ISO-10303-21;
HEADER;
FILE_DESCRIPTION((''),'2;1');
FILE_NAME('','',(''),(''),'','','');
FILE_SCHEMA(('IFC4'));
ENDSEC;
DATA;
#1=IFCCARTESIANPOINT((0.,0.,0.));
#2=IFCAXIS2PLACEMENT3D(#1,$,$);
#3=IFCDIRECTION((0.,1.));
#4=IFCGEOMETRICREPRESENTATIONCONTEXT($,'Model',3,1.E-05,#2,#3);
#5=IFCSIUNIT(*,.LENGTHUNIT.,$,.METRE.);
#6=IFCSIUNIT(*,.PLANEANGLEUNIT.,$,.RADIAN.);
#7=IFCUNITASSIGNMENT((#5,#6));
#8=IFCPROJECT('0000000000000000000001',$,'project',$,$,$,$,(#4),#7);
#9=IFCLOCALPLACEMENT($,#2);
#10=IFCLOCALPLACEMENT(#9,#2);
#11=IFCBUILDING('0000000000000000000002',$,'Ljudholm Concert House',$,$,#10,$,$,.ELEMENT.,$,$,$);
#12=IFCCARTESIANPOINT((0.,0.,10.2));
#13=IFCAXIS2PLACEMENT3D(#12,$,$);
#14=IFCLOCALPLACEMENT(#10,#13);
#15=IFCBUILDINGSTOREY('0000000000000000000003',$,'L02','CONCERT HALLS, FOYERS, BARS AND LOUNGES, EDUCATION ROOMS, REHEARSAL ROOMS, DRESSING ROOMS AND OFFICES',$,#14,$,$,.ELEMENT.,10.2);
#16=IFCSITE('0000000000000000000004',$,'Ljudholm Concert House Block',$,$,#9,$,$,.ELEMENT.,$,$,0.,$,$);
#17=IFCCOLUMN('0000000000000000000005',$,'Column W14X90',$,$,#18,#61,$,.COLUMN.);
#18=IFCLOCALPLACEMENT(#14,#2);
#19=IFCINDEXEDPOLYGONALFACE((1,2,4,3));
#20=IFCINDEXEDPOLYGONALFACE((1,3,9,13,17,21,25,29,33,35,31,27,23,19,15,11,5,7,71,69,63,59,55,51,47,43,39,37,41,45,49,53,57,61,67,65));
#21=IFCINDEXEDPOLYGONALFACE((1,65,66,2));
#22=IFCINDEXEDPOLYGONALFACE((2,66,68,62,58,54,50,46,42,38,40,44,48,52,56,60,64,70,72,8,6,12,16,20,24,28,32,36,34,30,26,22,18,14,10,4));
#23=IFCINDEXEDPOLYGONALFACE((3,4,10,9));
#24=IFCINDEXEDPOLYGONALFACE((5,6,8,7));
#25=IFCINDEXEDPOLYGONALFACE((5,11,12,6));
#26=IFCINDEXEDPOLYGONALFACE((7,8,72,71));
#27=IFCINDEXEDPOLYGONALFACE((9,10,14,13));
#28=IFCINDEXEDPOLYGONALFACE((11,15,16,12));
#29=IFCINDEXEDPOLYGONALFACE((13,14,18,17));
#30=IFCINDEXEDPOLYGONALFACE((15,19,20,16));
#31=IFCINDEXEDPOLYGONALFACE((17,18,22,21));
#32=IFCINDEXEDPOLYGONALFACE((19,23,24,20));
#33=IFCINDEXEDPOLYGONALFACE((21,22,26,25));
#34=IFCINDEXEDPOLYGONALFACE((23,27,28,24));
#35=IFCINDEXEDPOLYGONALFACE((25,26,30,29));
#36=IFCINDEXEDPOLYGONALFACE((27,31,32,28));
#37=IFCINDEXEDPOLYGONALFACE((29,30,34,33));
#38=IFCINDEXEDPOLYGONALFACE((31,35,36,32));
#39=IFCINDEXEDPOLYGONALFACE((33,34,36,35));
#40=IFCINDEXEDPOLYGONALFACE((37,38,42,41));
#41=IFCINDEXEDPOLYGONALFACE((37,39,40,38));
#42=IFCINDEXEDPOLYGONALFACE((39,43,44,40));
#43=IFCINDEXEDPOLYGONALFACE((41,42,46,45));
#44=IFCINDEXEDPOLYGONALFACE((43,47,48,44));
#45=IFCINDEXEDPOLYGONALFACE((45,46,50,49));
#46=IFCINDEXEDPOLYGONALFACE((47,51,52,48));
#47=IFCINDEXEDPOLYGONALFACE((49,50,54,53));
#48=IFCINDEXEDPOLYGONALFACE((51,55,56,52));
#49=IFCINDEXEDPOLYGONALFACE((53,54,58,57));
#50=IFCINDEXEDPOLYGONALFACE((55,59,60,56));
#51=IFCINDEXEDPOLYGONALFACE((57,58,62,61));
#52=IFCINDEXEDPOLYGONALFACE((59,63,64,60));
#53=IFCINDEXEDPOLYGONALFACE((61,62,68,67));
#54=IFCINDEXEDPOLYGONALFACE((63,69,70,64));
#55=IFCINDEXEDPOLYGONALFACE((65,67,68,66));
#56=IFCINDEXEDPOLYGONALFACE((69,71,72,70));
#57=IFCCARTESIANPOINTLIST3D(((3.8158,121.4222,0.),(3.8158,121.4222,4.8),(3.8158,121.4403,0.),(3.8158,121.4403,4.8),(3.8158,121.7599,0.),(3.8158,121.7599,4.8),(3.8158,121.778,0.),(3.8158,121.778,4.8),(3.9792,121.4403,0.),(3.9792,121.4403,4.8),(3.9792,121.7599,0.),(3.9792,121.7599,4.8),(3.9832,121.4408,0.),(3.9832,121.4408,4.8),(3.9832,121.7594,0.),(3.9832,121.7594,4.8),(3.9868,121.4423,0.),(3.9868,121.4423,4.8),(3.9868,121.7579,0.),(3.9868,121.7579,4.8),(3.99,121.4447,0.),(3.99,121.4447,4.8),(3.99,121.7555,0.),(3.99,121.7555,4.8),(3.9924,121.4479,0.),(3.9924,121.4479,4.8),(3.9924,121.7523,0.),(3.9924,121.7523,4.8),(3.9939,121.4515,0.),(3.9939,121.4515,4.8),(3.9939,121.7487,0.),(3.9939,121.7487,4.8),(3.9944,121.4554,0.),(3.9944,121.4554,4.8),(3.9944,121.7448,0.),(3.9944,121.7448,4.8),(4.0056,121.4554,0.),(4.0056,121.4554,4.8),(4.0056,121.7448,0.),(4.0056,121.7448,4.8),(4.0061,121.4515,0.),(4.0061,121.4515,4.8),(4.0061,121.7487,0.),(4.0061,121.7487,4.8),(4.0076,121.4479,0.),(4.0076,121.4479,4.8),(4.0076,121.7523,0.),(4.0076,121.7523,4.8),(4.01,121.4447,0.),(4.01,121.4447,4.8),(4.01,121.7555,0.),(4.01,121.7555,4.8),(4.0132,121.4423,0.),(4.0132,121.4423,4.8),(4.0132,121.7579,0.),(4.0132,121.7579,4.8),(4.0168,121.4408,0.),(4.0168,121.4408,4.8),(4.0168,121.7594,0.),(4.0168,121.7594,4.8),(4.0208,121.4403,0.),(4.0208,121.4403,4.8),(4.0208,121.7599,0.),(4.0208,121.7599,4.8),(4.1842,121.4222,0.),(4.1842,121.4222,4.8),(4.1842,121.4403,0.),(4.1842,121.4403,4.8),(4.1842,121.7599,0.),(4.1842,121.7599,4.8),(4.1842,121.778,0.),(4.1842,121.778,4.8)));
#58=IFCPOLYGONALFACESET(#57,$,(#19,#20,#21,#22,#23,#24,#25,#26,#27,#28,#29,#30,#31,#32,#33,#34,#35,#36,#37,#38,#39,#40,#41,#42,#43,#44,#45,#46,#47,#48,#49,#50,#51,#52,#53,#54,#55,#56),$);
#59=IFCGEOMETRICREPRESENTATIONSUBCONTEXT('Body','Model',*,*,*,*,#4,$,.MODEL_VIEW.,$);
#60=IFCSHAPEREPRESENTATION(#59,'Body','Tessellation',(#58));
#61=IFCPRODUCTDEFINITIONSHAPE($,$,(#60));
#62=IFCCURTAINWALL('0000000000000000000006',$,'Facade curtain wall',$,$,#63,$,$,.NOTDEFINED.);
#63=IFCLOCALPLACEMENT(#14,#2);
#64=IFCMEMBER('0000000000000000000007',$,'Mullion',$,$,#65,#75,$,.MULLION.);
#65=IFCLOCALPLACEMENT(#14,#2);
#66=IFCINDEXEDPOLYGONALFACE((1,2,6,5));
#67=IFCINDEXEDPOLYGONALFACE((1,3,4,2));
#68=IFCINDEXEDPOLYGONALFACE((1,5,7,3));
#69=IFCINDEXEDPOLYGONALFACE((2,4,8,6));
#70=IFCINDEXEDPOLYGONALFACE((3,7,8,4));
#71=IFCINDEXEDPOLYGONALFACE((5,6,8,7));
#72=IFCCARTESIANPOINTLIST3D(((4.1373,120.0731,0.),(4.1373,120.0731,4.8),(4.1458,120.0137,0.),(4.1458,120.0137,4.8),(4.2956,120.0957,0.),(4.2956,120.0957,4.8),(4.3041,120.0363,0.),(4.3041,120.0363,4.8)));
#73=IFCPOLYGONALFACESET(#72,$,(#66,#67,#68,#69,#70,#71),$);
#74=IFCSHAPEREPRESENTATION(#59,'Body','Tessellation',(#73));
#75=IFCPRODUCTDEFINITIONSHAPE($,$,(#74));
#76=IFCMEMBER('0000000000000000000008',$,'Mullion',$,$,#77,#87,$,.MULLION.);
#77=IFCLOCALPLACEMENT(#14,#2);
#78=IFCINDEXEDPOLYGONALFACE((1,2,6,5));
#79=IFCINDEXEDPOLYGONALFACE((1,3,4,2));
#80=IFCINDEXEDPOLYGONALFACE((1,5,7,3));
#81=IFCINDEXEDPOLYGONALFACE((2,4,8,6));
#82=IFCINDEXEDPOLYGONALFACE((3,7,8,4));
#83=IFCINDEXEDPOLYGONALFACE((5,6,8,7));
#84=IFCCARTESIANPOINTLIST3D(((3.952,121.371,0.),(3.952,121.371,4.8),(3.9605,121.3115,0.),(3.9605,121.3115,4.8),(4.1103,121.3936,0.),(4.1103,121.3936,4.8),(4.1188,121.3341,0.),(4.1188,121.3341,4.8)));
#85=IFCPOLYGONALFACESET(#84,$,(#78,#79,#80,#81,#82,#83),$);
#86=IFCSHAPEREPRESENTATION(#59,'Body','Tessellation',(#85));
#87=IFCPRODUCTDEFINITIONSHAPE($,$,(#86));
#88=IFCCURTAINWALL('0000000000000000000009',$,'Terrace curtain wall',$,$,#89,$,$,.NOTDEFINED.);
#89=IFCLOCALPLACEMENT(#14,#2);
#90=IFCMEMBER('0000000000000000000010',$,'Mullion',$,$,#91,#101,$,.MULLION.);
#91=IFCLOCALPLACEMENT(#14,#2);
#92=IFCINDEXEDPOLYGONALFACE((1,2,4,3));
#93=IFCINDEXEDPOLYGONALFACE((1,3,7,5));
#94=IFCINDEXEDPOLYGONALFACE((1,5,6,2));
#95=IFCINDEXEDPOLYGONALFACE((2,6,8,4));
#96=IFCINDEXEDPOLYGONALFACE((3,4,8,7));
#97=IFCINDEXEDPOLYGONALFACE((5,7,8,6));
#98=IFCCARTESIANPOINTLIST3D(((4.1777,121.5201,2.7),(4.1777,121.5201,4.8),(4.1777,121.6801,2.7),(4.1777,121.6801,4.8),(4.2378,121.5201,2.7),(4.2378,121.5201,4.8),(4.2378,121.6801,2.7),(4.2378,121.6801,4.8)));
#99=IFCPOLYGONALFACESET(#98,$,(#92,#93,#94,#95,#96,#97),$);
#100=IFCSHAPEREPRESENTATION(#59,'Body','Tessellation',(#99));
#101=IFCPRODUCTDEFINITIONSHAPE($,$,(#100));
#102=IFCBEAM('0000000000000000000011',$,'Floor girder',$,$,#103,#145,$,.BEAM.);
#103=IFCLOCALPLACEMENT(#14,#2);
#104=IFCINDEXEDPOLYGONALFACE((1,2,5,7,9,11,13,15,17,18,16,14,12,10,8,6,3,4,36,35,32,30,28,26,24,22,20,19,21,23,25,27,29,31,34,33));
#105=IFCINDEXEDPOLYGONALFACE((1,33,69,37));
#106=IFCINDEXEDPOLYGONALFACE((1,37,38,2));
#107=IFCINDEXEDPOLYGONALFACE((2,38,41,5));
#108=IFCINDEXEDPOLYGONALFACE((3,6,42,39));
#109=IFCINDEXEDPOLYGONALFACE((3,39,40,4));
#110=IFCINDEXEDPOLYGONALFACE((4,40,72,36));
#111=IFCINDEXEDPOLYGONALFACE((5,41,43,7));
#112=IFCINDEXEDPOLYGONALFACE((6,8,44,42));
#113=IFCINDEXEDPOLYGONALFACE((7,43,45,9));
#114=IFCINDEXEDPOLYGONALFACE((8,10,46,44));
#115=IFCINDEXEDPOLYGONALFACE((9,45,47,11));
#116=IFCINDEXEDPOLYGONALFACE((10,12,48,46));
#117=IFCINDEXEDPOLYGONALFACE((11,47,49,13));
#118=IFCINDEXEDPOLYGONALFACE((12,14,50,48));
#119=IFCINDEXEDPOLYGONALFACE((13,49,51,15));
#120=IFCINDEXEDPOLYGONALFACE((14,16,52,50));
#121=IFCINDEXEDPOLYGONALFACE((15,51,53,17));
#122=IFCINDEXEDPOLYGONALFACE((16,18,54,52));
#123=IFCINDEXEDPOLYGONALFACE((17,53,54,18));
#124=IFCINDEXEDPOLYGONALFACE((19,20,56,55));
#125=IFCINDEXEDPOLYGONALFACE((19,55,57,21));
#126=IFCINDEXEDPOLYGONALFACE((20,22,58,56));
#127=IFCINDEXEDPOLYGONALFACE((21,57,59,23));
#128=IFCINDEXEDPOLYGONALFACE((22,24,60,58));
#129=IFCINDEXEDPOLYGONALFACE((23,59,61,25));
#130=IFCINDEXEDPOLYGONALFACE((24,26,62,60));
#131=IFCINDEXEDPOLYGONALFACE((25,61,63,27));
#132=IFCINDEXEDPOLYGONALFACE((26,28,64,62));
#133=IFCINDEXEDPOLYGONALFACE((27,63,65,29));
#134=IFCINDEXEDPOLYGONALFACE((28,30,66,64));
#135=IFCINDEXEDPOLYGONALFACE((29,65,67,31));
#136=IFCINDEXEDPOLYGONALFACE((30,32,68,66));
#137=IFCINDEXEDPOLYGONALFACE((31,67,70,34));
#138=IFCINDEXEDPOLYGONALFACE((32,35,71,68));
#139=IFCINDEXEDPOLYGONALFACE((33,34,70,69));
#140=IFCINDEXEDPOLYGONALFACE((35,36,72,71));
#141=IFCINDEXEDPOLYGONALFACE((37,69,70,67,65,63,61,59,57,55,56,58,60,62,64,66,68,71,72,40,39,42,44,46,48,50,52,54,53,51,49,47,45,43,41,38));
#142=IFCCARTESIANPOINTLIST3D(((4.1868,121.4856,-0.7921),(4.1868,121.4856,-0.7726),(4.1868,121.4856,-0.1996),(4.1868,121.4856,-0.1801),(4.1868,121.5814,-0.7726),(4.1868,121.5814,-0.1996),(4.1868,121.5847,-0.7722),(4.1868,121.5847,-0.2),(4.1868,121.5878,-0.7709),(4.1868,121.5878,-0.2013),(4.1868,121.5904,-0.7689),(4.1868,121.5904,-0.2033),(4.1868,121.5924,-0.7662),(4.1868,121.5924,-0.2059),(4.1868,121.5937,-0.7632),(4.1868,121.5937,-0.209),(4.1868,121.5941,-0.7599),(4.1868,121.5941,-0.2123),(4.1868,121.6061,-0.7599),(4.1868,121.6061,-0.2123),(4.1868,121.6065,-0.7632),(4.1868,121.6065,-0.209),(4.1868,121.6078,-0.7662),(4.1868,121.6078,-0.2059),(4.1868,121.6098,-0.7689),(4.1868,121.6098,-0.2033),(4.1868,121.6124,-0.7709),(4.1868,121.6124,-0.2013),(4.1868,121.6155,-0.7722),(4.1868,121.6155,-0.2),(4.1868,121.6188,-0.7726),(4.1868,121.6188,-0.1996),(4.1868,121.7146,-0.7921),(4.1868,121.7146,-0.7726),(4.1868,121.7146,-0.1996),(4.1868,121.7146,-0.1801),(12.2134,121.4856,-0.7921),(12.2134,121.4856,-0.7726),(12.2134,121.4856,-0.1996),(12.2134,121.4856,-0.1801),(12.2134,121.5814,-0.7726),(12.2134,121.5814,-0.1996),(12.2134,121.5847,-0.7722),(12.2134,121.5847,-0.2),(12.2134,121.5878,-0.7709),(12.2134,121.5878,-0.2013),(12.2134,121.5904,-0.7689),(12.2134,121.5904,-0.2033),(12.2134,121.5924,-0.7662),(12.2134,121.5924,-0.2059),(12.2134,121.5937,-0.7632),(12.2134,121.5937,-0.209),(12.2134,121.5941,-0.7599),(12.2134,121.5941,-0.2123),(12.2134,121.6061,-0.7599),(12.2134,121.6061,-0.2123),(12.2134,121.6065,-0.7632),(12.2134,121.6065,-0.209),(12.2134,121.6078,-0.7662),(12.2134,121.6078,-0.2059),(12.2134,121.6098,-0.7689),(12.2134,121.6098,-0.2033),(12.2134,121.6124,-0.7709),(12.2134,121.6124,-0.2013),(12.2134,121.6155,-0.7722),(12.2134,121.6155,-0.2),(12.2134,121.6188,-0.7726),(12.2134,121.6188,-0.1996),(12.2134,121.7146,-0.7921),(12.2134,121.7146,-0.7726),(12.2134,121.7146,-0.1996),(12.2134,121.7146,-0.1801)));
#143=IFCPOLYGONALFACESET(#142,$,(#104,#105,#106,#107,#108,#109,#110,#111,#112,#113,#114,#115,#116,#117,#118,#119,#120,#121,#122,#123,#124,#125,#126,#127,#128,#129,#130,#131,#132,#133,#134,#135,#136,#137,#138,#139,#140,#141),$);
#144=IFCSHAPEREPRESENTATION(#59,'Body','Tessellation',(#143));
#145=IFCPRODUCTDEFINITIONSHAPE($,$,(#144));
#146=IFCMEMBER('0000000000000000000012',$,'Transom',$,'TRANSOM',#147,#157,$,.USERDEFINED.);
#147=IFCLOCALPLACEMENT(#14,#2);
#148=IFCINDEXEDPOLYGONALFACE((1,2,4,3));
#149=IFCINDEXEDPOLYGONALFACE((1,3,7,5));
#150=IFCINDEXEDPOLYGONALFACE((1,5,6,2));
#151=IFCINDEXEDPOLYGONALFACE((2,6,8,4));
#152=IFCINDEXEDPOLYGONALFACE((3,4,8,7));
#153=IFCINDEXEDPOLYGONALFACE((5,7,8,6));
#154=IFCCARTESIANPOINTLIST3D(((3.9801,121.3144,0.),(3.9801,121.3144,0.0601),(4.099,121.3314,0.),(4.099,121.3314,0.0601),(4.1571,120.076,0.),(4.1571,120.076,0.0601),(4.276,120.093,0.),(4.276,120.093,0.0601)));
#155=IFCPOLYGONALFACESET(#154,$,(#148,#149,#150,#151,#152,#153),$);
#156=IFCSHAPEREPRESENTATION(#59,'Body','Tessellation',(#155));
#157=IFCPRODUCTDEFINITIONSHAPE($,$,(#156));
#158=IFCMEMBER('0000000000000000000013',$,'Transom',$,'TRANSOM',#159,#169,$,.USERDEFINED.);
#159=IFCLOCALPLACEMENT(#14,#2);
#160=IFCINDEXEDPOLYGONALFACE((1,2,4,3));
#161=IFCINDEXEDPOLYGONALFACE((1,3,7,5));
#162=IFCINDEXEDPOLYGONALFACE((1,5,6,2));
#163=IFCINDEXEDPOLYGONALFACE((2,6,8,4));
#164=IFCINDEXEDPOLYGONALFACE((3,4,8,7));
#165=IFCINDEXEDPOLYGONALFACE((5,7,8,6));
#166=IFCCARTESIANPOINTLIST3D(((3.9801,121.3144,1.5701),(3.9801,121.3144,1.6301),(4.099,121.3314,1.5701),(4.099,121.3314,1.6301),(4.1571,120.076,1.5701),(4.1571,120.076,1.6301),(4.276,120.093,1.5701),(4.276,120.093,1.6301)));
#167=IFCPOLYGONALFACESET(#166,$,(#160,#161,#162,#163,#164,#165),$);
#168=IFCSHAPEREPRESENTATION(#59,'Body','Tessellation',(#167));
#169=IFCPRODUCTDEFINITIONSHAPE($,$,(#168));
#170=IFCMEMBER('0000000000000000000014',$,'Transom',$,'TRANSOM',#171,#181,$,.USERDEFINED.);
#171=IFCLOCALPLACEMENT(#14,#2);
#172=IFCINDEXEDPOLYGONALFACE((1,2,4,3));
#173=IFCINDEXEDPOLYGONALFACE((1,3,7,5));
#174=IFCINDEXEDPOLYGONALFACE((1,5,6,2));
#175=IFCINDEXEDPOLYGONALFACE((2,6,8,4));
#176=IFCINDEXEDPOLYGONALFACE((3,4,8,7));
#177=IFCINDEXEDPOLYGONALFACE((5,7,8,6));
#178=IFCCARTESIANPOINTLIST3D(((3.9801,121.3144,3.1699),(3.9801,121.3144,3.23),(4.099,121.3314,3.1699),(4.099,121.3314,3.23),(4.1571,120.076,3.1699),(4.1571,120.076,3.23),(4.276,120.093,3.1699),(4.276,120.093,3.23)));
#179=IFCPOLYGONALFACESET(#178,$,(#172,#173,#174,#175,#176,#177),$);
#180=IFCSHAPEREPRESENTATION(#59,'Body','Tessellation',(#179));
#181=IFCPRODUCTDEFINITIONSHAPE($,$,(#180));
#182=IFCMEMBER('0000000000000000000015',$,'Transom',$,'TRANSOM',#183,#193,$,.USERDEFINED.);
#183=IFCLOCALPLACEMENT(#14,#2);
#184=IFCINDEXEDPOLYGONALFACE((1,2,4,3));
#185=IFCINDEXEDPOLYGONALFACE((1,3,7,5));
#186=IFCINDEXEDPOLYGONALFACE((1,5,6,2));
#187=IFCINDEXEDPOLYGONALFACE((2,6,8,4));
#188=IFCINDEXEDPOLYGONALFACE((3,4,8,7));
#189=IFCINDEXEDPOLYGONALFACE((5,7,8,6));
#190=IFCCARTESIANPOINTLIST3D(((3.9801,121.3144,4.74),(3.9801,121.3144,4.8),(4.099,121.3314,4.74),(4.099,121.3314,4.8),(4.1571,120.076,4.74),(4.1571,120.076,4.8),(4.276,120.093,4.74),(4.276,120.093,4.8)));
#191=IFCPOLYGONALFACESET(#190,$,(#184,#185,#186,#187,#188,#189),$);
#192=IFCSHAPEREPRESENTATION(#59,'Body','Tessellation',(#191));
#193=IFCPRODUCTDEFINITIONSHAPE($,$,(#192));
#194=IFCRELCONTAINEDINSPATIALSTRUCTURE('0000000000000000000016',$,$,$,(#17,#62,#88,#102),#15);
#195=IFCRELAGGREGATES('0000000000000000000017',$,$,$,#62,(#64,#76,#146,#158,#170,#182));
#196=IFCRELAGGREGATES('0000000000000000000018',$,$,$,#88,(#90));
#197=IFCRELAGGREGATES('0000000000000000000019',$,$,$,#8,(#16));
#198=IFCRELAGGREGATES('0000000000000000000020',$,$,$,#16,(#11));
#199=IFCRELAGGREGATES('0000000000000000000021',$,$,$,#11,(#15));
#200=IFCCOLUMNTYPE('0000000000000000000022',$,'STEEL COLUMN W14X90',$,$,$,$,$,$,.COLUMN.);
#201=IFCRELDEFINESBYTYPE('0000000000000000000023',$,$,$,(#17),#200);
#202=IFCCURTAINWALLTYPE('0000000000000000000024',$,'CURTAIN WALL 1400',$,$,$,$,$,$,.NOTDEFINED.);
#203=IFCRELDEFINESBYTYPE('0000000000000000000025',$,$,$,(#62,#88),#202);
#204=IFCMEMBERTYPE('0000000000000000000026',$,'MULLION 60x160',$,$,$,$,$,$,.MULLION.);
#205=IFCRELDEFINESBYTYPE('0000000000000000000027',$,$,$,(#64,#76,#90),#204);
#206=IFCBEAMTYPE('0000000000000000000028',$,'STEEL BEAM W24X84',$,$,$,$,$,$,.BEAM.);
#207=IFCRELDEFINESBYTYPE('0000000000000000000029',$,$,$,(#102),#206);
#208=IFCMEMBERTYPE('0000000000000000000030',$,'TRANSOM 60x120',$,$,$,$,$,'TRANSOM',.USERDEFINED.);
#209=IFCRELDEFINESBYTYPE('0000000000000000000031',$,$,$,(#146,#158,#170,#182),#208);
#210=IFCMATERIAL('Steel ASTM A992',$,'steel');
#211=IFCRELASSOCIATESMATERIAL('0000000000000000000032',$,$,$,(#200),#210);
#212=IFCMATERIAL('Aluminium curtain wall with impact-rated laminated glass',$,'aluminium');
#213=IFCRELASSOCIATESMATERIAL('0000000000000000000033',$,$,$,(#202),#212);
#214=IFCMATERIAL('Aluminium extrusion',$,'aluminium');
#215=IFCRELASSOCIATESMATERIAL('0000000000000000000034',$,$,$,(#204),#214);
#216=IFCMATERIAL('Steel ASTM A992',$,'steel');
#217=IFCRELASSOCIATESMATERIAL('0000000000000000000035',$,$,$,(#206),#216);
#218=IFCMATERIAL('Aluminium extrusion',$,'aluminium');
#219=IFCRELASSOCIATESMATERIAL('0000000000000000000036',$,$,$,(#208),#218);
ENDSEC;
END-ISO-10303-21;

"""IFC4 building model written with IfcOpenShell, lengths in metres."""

from ifc_helpers import new_model, si_unit, direction, frame, origin, origin_2d, place, context, subcontext, project, spatial, rectangle, i_section, extrude, material, material_profile, profile_set, type_object, element, aggregate, save


model = new_model("IFC4")

# Units and contexts
model_context = context("Model", 3, precision=1e-05, world=origin(), true_north=direction((0.0, 1.0)))
body_context = subcontext(model_context, "Body", "Model", "MODEL_VIEW")
ifc_project = project(units=[si_unit("LENGTHUNIT", "METRE"), si_unit("PLANEANGLEUNIT", "RADIAN")], contexts=[model_context])

# Site, building, storey
site_placement = place(None, origin())
site = spatial("IfcSite", under=ifc_project, at=site_placement, Name="Ljudholm Concert House Block", CompositionType="ELEMENT", RefElevation=0.0)
building_placement = place(site_placement, origin())
building = spatial("IfcBuilding", under=site, at=building_placement, Name="Ljudholm Concert House", CompositionType="ELEMENT")
storey_placement = place(building_placement, frame((0.0, 0.0, 10.2)))
storey = spatial("IfcBuildingStorey", under=building, at=storey_placement, Name="L02", Description="CONCERT HALLS, FOYERS, BARS AND LOUNGES, EDUCATION ROOMS, REHEARSAL ROOMS, DRESSING ROOMS AND OFFICES", CompositionType="ELEMENT", Elevation=10.2)

# Column
ifc_material_1 = material(Name="Steel ASTM A992", Category="steel")
ifc_material_profile_1 = material_profile(ifc_material_1, i_section(OverallWidth=0.3684, OverallDepth=0.3557, WebThickness=0.0112, FlangeThickness=0.0181, FilletRadius=0.0151, at=origin_2d()), Name="W14X90")
ifc_profile_set_1 = profile_set([ifc_material_profile_1], Name="Steel ASTM A992")
column_type = type_object("IfcColumnType", Name="STEEL COLUMN W14X90", PredefinedType="COLUMN", material=ifc_profile_set_1)
column_placement = place(storey_placement, frame((4.0, 121.6001, 0.0), z_axis=(0.0, 0.0, 1.0), x_axis=(1.0, 0.0, 0.0)))
element("IfcColumn", 1, at=column_placement, inside=storey, type_object=column_type, Name="Column W14X90", PredefinedType="COLUMN", context=body_context, shape_type="SweptSolid", body=[
    extrude(i_section(OverallWidth=0.3684, OverallDepth=0.3557, WebThickness=0.0112, FlangeThickness=0.0181, FilletRadius=0.0151, at=origin_2d()), origin(), (0.0, 0.0, 1.0), 4.8),
])

# Curtain wall, members
ifc_material_2 = material(Name="Aluminium curtain wall with impact-rated laminated glass", Category="aluminium")
curtain_wall_type = type_object("IfcCurtainWallType", Name="CURTAIN WALL 1400", PredefinedType="NOTDEFINED", material=ifc_material_2)
curtain_wall_1_placement = place(storey_placement, origin())
curtain_wall_1 = element("IfcCurtainWall", 2, at=curtain_wall_1_placement, inside=storey, type_object=curtain_wall_type, Name="Facade curtain wall", PredefinedType="NOTDEFINED")
ifc_material_3 = material(Name="Aluminium extrusion", Category="aluminium")
ifc_material_profile_2 = material_profile(ifc_material_3, rectangle(XDim=0.1599, YDim=0.0601, at=origin_2d()), Name="MULLION 60x160")
ifc_profile_set_2 = profile_set([ifc_material_profile_2], Name="Aluminium extrusion")
member_type_1 = type_object("IfcMemberType", Name="MULLION 60x160", PredefinedType="MULLION", material=ifc_profile_set_2)
member_1_placement = place(storey_placement, frame((4.2207, 120.0547, 0.0), z_axis=(0.0, 0.0, 1.0), x_axis=(-0.989949, -0.141421, 0.0)))
member_1 = element("IfcMember", 3, at=member_1_placement, type_object=member_type_1, Name="Mullion", PredefinedType="MULLION", context=body_context, shape_type="SweptSolid", body=[
    extrude(rectangle(XDim=0.1599, YDim=0.0601, at=origin_2d()), origin(), (0.0, 0.0, 1.0), 4.8),
])
member_2_placement = place(storey_placement, frame((4.0354, 121.3525, 0.0), z_axis=(0.0, 0.0, 1.0), x_axis=(-0.989949, -0.141421, 0.0)))
member_2 = element("IfcMember", 4, at=member_2_placement, type_object=member_type_1, Name="Mullion", PredefinedType="MULLION", context=body_context, shape_type="SweptSolid", body=[
    extrude(rectangle(XDim=0.1599, YDim=0.0601, at=origin_2d()), origin(), (0.0, 0.0, 1.0), 4.8),
])

# Curtain wall, member
curtain_wall_2_placement = place(storey_placement, origin())
curtain_wall_2 = element("IfcCurtainWall", 5, at=curtain_wall_2_placement, inside=storey, type_object=curtain_wall_type, Name="Terrace curtain wall", PredefinedType="NOTDEFINED")
member_3_placement = place(storey_placement, frame((4.2078, 121.6001, 2.7), z_axis=(0.0, 0.0, 1.0), x_axis=(0.0, 1.0, 0.0)))
member_3 = element("IfcMember", 6, at=member_3_placement, type_object=member_type_1, Name="Mullion", PredefinedType="MULLION", context=body_context, shape_type="SweptSolid", body=[
    extrude(rectangle(XDim=0.1599, YDim=0.0601, at=origin_2d()), origin(), (0.0, 0.0, 1.0), 2.1001),
])

# Beam
ifc_material_4 = material(Name="Steel ASTM A992", Category="steel")
ifc_material_profile_3 = material_profile(ifc_material_4, i_section(OverallWidth=0.229, OverallDepth=0.6121, WebThickness=0.012, FlangeThickness=0.0195, FilletRadius=0.0127, at=origin_2d()), Name="W24X84")
ifc_profile_set_3 = profile_set([ifc_material_profile_3], Name="Steel ASTM A992")
beam_type = type_object("IfcBeamType", Name="STEEL BEAM W24X84", PredefinedType="BEAM", material=ifc_profile_set_3)
beam_placement = place(storey_placement, frame((4.1868, 121.6001, -0.4861), z_axis=(1.0, 0.0, 0.0), x_axis=(0.0, 1.0, 0.0)))
element("IfcBeam", 7, at=beam_placement, inside=storey, type_object=beam_type, Name="Floor girder", PredefinedType="BEAM", context=body_context, shape_type="SweptSolid", body=[
    extrude(i_section(OverallWidth=0.229, OverallDepth=0.6121, WebThickness=0.012, FlangeThickness=0.0195, FilletRadius=0.0127, at=origin_2d()), origin(), (0.0, 0.0, 1.0), 8.0266),
])

# Members
ifc_material_5 = material(Name="Aluminium extrusion", Category="aluminium")
ifc_material_profile_4 = material_profile(ifc_material_5, rectangle(XDim=0.1201, YDim=0.0601, at=origin_2d()), Name="TRANSOM 60x120")
ifc_profile_set_4 = profile_set([ifc_material_profile_4], Name="Aluminium extrusion")
member_type_2 = type_object("IfcMemberType", Name="TRANSOM 60x120", ElementType="TRANSOM", PredefinedType="USERDEFINED", material=ifc_profile_set_4)
member_4_placement = place(storey_placement, frame((4.2166, 120.0845, 0.03), z_axis=(-0.141503, 0.989938, 0.0), x_axis=(-0.989938, -0.141503, 0.0)))
member_4 = element("IfcMember", 8, at=member_4_placement, type_object=member_type_2, Name="Transom", ObjectType="TRANSOM", PredefinedType="USERDEFINED", context=body_context, shape_type="SweptSolid", body=[
    extrude(rectangle(XDim=0.1201, YDim=0.0601, at=origin_2d()), origin(), (0.0, 0.0, 1.0), 1.251),
])
member_5_placement = place(storey_placement, frame((4.2166, 120.0845, 1.6001), z_axis=(-0.141503, 0.989938, 0.0), x_axis=(-0.989938, -0.141503, 0.0)))
member_5 = element("IfcMember", 9, at=member_5_placement, type_object=member_type_2, Name="Transom", ObjectType="TRANSOM", PredefinedType="USERDEFINED", context=body_context, shape_type="SweptSolid", body=[
    extrude(rectangle(XDim=0.1201, YDim=0.0601, at=origin_2d()), origin(), (0.0, 0.0, 1.0), 1.251),
])
member_6_placement = place(storey_placement, frame((4.2166, 120.0845, 3.2), z_axis=(-0.141503, 0.989938, 0.0), x_axis=(-0.989938, -0.141503, 0.0)))
member_6 = element("IfcMember", 10, at=member_6_placement, type_object=member_type_2, Name="Transom", ObjectType="TRANSOM", PredefinedType="USERDEFINED", context=body_context, shape_type="SweptSolid", body=[
    extrude(rectangle(XDim=0.1201, YDim=0.0601, at=origin_2d()), origin(), (0.0, 0.0, 1.0), 1.251),
])
member_7_placement = place(storey_placement, frame((4.2166, 120.0845, 4.77), z_axis=(-0.141503, 0.989938, 0.0), x_axis=(-0.989938, -0.141503, 0.0)))
member_7 = element("IfcMember", 11, at=member_7_placement, type_object=member_type_2, Name="Transom", ObjectType="TRANSOM", PredefinedType="USERDEFINED", context=body_context, shape_type="SweptSolid", body=[
    extrude(rectangle(XDim=0.1201, YDim=0.0601, at=origin_2d()), origin(), (0.0, 0.0, 1.0), 1.251),
])

aggregate(curtain_wall_1, [member_1, member_2, member_4, member_5, member_6, member_7])
aggregate(curtain_wall_2, [member_3])

save(model, "model.ifc")
